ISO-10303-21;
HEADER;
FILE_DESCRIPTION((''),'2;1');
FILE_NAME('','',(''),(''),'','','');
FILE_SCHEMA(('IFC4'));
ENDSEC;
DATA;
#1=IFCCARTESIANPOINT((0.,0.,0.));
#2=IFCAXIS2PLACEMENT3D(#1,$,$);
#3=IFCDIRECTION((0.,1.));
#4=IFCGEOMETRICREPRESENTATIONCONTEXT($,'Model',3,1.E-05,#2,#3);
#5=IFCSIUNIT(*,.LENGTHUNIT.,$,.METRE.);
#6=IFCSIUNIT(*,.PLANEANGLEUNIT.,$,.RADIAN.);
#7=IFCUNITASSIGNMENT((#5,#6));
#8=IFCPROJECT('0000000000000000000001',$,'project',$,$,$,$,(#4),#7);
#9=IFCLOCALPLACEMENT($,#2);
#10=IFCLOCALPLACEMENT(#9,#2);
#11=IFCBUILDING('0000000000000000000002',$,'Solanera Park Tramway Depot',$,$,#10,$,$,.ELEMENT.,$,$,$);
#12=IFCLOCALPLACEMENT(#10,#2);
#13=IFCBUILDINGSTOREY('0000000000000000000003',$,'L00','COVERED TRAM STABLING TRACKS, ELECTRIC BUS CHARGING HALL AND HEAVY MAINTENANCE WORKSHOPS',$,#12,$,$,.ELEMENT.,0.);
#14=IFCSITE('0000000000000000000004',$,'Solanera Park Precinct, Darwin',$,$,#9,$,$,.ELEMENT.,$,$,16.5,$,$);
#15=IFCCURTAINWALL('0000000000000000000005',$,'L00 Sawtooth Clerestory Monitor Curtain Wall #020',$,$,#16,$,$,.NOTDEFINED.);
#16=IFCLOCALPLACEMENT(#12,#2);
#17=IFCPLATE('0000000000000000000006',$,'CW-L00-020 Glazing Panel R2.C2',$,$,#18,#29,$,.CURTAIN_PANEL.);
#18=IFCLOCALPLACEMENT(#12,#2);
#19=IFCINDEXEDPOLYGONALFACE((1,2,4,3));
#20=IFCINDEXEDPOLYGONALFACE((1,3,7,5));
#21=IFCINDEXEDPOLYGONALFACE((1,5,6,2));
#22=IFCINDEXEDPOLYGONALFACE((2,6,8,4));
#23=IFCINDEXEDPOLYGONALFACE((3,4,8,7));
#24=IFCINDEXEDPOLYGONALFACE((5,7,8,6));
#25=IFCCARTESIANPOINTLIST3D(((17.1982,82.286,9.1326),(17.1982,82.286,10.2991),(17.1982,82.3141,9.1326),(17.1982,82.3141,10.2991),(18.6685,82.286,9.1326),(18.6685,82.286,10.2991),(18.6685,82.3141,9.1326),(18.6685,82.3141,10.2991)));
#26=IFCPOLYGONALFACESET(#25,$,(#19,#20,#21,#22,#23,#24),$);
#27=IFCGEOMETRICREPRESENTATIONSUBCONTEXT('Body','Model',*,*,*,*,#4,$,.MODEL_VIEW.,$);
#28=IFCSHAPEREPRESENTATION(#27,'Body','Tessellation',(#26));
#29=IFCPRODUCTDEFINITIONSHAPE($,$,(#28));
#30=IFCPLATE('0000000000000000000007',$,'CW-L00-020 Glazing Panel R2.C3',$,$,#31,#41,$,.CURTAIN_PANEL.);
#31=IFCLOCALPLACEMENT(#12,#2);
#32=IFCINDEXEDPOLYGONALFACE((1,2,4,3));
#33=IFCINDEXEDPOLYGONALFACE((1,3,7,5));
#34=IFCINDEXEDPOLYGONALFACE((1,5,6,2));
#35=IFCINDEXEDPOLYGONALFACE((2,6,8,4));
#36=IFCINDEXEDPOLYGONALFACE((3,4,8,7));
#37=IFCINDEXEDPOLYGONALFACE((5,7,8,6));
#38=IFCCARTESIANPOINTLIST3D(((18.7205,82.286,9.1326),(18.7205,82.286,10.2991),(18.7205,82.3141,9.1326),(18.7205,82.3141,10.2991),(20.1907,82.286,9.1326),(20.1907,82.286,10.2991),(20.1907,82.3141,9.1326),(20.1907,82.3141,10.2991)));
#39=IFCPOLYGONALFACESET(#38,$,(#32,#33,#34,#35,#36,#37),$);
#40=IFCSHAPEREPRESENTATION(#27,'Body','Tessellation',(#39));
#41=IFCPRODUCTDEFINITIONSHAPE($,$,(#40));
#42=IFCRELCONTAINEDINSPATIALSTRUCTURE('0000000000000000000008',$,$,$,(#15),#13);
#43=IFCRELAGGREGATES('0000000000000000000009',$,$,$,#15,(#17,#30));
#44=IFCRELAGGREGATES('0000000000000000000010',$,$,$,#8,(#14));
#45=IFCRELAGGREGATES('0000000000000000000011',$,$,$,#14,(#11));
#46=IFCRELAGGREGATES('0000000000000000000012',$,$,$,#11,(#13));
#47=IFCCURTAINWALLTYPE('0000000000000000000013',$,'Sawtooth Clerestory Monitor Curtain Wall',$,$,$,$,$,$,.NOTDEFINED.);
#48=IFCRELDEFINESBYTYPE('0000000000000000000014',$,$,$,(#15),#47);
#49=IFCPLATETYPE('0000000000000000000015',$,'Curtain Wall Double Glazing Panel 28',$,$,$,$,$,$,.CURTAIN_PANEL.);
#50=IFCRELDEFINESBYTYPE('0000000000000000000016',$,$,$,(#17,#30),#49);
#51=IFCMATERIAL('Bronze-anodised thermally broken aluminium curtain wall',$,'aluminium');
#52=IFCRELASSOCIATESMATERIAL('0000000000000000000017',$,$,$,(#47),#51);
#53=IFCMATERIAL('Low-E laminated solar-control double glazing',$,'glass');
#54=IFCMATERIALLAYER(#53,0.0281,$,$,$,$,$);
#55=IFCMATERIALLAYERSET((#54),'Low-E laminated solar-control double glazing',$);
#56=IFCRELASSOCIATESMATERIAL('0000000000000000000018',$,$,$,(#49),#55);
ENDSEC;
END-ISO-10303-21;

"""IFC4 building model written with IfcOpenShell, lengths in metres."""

from ifc_helpers import new_model, si_unit, direction, frame, origin, origin_2d, place, context, subcontext, project, spatial, rectangle, extrude, material, layer, layer_set, type_object, element, aggregate, save


model = new_model("IFC4")

# Units and contexts
model_context = context("Model", 3, precision=1e-05, world=origin(), true_north=direction((0.0, 1.0)))
body_context = subcontext(model_context, "Body", "Model", "MODEL_VIEW")
ifc_project = project(units=[si_unit("LENGTHUNIT", "METRE"), si_unit("PLANEANGLEUNIT", "RADIAN")], contexts=[model_context])

# Site, building, storey
site_placement = place(None, origin())
site = spatial("IfcSite", under=ifc_project, at=site_placement, Name="Solanera Park Precinct, Darwin", CompositionType="ELEMENT", RefElevation=16.5)
building_placement = place(site_placement, origin())
building = spatial("IfcBuilding", under=site, at=building_placement, Name="Solanera Park Tramway Depot", CompositionType="ELEMENT")
storey_placement = place(building_placement, origin())
storey = spatial("IfcBuildingStorey", under=building, at=storey_placement, Name="L00", Description="COVERED TRAM STABLING TRACKS, ELECTRIC BUS CHARGING HALL AND HEAVY MAINTENANCE WORKSHOPS", CompositionType="ELEMENT", Elevation=0.0)

# Curtain wall
ifc_material_1 = material(Name="Bronze-anodised thermally broken aluminium curtain wall", Category="aluminium")
curtain_wall_type = type_object("IfcCurtainWallType", Name="Sawtooth Clerestory Monitor Curtain Wall", PredefinedType="NOTDEFINED", material=ifc_material_1)
curtain_wall_1_placement = place(storey_placement, origin())
curtain_wall_1 = element("IfcCurtainWall", 1, at=curtain_wall_1_placement, inside=storey, type_object=curtain_wall_type, Name="L00 Sawtooth Clerestory Monitor Curtain Wall #020", PredefinedType="NOTDEFINED")

# Plates
ifc_material_2 = material(Name="Low-E laminated solar-control double glazing", Category="glass")
ifc_layer = layer(ifc_material_2, 0.0281)
ifc_layer_set = layer_set([ifc_layer], Name="Low-E laminated solar-control double glazing")
plate_type = type_object("IfcPlateType", Name="Curtain Wall Double Glazing Panel 28", PredefinedType="CURTAIN_PANEL", material=ifc_layer_set)
plate_1_placement = place(storey_placement, frame((17.9333, 82.3, 9.1326), z_axis=(0.0, 0.0, 1.0), x_axis=(1.0, 0.0, 0.0)))
plate_1 = element("IfcPlate", 2, at=plate_1_placement, type_object=plate_type, Name="CW-L00-020 Glazing Panel R2.C2", PredefinedType="CURTAIN_PANEL", context=body_context, shape_type="SweptSolid", body=[
    extrude(rectangle(XDim=1.4702, YDim=0.0281, at=origin_2d()), origin(), (0.0, 0.0, 1.0), 1.1665),
])
plate_2_placement = place(storey_placement, frame((19.4556, 82.3, 9.1326), z_axis=(0.0, 0.0, 1.0), x_axis=(1.0, 0.0, 0.0)))
plate_2 = element("IfcPlate", 3, at=plate_2_placement, type_object=plate_type, Name="CW-L00-020 Glazing Panel R2.C3", PredefinedType="CURTAIN_PANEL", context=body_context, shape_type="SweptSolid", body=[
    extrude(rectangle(XDim=1.4702, YDim=0.0281, at=origin_2d()), origin(), (0.0, 0.0, 1.0), 1.1665),
])
aggregate(curtain_wall_1, [plate_1, plate_2])

save(model, "model.ifc")
